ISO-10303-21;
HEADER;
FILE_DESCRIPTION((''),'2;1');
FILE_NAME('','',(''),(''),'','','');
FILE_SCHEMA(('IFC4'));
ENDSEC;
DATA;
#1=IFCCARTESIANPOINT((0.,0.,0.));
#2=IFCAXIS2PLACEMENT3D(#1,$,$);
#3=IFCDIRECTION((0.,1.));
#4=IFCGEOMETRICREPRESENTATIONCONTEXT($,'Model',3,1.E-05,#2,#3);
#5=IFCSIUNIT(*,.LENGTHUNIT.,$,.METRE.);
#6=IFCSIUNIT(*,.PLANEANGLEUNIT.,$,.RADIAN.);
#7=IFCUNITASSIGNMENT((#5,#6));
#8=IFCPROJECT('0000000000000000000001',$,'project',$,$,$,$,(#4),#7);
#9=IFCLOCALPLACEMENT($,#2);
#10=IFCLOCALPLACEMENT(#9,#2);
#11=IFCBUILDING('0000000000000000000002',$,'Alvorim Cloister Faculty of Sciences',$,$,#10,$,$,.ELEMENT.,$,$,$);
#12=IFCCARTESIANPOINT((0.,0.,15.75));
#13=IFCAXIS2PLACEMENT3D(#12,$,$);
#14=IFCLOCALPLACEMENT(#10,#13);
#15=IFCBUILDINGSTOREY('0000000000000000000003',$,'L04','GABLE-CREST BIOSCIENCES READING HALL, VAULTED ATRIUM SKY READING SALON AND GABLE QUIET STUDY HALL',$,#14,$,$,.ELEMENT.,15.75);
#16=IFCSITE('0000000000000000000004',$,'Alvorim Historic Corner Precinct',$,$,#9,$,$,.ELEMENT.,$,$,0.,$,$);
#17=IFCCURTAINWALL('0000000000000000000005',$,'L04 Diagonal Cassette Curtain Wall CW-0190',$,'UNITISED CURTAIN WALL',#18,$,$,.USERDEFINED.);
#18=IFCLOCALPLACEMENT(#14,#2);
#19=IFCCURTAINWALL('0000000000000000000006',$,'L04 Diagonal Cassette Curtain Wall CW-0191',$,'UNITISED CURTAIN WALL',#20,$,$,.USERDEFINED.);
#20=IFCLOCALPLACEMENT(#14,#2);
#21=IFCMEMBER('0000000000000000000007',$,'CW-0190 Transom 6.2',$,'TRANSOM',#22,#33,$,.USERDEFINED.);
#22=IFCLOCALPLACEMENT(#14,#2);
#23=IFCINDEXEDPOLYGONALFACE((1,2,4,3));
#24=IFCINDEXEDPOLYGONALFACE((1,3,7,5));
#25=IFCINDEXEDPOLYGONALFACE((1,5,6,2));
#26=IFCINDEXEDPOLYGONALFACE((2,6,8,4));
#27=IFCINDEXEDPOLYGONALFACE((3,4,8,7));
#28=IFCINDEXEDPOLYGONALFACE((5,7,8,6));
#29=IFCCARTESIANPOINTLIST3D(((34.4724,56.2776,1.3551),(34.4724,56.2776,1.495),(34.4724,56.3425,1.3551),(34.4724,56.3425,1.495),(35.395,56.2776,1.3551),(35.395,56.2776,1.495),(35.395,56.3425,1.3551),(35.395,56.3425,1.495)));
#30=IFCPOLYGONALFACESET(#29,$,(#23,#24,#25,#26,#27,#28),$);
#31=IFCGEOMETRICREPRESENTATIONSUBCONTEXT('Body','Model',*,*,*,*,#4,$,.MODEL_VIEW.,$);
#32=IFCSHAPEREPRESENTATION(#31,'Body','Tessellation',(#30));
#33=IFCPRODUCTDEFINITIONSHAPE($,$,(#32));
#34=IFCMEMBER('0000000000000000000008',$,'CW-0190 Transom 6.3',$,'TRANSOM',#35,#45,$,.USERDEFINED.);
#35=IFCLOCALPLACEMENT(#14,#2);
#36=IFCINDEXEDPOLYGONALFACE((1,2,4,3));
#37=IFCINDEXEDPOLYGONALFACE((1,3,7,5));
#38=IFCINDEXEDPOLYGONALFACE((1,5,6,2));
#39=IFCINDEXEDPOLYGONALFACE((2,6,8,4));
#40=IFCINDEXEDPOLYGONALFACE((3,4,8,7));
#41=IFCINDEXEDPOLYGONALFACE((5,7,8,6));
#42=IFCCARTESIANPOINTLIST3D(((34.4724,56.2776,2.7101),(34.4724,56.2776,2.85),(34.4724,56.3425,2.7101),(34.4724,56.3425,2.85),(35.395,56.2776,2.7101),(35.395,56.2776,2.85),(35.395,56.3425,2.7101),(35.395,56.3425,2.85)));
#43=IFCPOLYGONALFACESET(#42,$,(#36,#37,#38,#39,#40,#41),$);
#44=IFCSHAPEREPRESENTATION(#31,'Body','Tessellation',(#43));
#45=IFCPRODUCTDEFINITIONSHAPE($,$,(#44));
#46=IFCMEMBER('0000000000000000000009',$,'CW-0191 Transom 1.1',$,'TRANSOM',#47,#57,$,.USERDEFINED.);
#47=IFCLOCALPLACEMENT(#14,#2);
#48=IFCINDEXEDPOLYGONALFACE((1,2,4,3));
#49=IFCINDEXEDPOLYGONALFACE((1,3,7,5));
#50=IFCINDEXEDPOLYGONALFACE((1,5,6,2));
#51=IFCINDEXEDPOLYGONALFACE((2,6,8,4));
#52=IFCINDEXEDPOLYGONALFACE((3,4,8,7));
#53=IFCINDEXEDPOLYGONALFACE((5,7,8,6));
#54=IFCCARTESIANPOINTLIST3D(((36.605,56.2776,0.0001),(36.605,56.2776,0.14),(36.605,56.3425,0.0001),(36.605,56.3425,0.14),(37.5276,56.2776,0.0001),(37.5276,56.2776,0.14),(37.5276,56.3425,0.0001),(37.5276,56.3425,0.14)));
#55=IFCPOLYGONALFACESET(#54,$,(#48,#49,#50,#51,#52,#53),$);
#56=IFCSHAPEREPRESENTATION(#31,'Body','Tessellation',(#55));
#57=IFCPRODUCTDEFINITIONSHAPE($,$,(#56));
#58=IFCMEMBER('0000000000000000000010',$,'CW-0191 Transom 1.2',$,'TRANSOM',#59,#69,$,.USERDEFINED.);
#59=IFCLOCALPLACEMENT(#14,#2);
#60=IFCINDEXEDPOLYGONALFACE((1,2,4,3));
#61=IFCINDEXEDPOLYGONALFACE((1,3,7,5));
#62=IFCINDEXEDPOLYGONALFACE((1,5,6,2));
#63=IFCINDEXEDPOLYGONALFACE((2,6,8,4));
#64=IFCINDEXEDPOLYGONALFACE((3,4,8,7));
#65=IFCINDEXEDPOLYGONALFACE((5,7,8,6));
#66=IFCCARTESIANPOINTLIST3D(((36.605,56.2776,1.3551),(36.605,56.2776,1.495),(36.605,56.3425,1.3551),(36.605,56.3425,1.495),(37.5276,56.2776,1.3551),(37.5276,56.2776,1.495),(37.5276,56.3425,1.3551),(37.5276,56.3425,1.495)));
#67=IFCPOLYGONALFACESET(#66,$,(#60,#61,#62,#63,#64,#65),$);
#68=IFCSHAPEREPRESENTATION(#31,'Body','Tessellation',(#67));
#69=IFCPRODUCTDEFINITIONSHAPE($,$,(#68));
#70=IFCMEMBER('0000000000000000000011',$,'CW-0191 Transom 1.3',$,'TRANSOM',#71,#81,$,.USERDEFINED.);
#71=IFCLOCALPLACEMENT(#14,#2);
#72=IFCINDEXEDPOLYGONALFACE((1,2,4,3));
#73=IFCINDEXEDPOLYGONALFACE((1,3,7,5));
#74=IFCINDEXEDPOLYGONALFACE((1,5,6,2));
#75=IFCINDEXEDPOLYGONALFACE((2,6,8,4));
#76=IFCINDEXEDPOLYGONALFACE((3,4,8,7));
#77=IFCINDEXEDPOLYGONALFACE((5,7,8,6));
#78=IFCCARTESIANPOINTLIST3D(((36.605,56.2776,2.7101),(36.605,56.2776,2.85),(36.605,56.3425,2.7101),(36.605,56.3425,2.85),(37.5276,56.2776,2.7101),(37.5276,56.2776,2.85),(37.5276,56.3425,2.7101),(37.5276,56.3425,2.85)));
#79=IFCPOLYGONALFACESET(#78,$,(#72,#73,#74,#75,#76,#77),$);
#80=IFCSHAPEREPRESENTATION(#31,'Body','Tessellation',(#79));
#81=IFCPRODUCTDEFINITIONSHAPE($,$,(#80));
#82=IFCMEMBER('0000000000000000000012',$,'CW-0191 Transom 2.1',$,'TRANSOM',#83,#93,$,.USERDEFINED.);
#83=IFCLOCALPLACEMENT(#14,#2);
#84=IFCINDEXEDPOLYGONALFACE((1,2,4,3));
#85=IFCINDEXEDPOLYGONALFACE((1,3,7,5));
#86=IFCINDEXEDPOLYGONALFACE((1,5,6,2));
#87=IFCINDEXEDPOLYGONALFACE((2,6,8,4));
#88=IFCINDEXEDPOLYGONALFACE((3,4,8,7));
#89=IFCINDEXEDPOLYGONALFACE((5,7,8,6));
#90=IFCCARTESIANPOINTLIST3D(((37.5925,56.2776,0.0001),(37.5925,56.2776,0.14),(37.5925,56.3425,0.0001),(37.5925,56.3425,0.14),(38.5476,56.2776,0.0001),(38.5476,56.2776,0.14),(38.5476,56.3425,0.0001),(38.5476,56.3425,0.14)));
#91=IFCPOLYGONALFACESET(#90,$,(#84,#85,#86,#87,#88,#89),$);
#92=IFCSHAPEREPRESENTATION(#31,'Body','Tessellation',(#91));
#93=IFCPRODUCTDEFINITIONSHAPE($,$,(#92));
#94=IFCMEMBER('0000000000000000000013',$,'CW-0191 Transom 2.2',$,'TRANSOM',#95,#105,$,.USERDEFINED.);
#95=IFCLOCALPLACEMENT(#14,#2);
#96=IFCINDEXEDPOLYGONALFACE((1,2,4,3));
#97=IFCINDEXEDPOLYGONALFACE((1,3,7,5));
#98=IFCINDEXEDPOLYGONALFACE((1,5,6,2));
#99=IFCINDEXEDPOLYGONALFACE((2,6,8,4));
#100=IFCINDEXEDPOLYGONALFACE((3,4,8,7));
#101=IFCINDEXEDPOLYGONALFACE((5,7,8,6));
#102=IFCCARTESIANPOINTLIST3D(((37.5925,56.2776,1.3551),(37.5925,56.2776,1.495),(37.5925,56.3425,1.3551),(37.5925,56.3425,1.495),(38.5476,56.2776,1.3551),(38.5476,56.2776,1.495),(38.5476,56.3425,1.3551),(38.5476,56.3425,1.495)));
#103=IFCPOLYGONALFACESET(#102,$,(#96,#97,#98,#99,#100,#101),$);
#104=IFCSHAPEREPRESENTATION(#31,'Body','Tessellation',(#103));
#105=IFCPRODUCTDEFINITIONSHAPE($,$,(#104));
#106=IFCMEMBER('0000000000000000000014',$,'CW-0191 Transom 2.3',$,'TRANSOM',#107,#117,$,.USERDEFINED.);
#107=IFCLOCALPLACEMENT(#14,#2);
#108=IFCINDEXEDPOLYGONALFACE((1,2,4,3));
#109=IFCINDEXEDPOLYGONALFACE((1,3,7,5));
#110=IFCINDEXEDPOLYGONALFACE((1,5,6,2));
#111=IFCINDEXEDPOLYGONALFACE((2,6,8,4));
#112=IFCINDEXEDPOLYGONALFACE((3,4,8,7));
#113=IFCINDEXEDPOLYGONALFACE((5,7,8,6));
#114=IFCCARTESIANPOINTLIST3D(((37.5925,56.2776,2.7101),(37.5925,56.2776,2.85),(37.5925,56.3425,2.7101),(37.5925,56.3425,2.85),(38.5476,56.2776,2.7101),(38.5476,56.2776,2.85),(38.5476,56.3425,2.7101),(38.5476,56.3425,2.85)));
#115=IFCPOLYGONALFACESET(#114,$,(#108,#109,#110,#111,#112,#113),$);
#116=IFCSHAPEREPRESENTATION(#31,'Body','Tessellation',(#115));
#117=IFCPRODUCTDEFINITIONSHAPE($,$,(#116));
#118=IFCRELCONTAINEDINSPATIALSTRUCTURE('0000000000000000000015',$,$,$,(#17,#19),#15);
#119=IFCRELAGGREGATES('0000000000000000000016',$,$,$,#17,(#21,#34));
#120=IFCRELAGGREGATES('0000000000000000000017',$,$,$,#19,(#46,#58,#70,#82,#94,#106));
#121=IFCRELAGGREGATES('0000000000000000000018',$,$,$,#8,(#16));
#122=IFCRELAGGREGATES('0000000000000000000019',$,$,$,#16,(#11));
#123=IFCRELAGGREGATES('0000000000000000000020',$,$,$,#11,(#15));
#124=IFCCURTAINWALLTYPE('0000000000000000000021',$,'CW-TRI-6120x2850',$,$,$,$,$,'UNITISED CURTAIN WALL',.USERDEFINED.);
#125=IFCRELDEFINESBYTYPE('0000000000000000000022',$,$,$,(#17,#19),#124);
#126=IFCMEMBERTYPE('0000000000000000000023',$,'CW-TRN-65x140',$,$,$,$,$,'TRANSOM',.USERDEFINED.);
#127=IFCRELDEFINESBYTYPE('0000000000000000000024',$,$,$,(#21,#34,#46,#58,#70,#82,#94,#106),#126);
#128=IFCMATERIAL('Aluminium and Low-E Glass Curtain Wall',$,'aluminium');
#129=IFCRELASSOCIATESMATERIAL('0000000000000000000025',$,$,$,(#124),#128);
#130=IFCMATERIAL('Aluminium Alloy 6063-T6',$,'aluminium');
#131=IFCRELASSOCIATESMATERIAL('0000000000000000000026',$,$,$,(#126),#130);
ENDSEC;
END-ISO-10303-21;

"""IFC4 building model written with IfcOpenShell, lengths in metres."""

from ifc_helpers import new_model, si_unit, direction, frame, origin, origin_2d, place, context, subcontext, project, spatial, rectangle, extrude, material, material_profile, profile_set, type_object, element, aggregate, save


model = new_model("IFC4")

# Units and contexts
model_context = context("Model", 3, precision=1e-05, world=origin(), true_north=direction((0.0, 1.0)))
body_context = subcontext(model_context, "Body", "Model", "MODEL_VIEW")
ifc_project = project(units=[si_unit("LENGTHUNIT", "METRE"), si_unit("PLANEANGLEUNIT", "RADIAN")], contexts=[model_context])

# Site, building, storey
site_placement = place(None, origin())
site = spatial("IfcSite", under=ifc_project, at=site_placement, Name="Alvorim Historic Corner Precinct", CompositionType="ELEMENT", RefElevation=0.0)
building_placement = place(site_placement, origin())
building = spatial("IfcBuilding", under=site, at=building_placement, Name="Alvorim Cloister Faculty of Sciences", CompositionType="ELEMENT")
storey_placement = place(building_placement, frame((0.0, 0.0, 15.75)))
storey = spatial("IfcBuildingStorey", under=building, at=storey_placement, Name="L04", Description="GABLE-CREST BIOSCIENCES READING HALL, VAULTED ATRIUM SKY READING SALON AND GABLE QUIET STUDY HALL", CompositionType="ELEMENT", Elevation=15.75)

# Curtain walls
ifc_material_1 = material(Name="Aluminium and Low-E Glass Curtain Wall", Category="aluminium")
curtain_wall_type = type_object("IfcCurtainWallType", Name="CW-TRI-6120x2850", ElementType="UNITISED CURTAIN WALL", PredefinedType="USERDEFINED", material=ifc_material_1)
curtain_wall_1_placement = place(storey_placement, origin())
curtain_wall_1 = element("IfcCurtainWall", 1, at=curtain_wall_1_placement, inside=storey, type_object=curtain_wall_type, Name="L04 Diagonal Cassette Curtain Wall CW-0190", ObjectType="UNITISED CURTAIN WALL", PredefinedType="USERDEFINED")
ifc_material_2 = material(Name="Aluminium Alloy 6063-T6", Category="aluminium")
curtain_wall_2_placement = place(storey_placement, origin())
curtain_wall_2 = element("IfcCurtainWall", 2, at=curtain_wall_2_placement, inside=storey, type_object=curtain_wall_type, Name="L04 Diagonal Cassette Curtain Wall CW-0191", ObjectType="UNITISED CURTAIN WALL", PredefinedType="USERDEFINED")

# Members
ifc_material_profile_1 = material_profile(ifc_material_2, rectangle(XDim=0.0649, YDim=0.1399, at=origin_2d()), Name="ALU-TRN-65x140")
ifc_profile_set_1 = profile_set([ifc_material_profile_1], Name="Aluminium Alloy 6063-T6")
member_type_1 = type_object("IfcMemberType", Name="CW-TRN-65x140", ElementType="TRANSOM", PredefinedType="USERDEFINED", material=ifc_profile_set_1)
member_1_placement = place(storey_placement, frame((34.4724, 56.3101, 1.425), z_axis=(1.0, 0.0, 0.0), x_axis=(0.0, 1.0, 0.0)))
member_1 = element("IfcMember", 3, at=member_1_placement, type_object=member_type_1, Name="CW-0190 Transom 6.2", ObjectType="TRANSOM", PredefinedType="USERDEFINED", context=body_context, shape_type="SweptSolid", body=[
    extrude(rectangle(XDim=0.0649, YDim=0.1399, at=origin_2d()), origin(), (0.0, 0.0, 1.0), 0.9226),
])
member_2_placement = place(storey_placement, frame((34.4724, 56.3101, 2.78), z_axis=(1.0, 0.0, 0.0), x_axis=(0.0, 1.0, 0.0)))
member_2 = element("IfcMember", 4, at=member_2_placement, type_object=member_type_1, Name="CW-0190 Transom 6.3", ObjectType="TRANSOM", PredefinedType="USERDEFINED", context=body_context, shape_type="SweptSolid", body=[
    extrude(rectangle(XDim=0.0649, YDim=0.1399, at=origin_2d()), origin(), (0.0, 0.0, 1.0), 0.9226),
])
aggregate(curtain_wall_1, [member_1, member_2])
member_3_placement = place(storey_placement, frame((36.605, 56.3101, 0.0701), z_axis=(1.0, 0.0, 0.0), x_axis=(0.0, 1.0, 0.0)))
member_3 = element("IfcMember", 5, at=member_3_placement, type_object=member_type_1, Name="CW-0191 Transom 1.1", ObjectType="TRANSOM", PredefinedType="USERDEFINED", context=body_context, shape_type="SweptSolid", body=[
    extrude(rectangle(XDim=0.0649, YDim=0.1399, at=origin_2d()), origin(), (0.0, 0.0, 1.0), 0.9226),
])
member_4_placement = place(storey_placement, frame((36.605, 56.3101, 1.425), z_axis=(1.0, 0.0, 0.0), x_axis=(0.0, 1.0, 0.0)))
member_4 = element("IfcMember", 6, at=member_4_placement, type_object=member_type_1, Name="CW-0191 Transom 1.2", ObjectType="TRANSOM", PredefinedType="USERDEFINED", context=body_context, shape_type="SweptSolid", body=[
    extrude(rectangle(XDim=0.0649, YDim=0.1399, at=origin_2d()), origin(), (0.0, 0.0, 1.0), 0.9226),
])
member_5_placement = place(storey_placement, frame((36.605, 56.3101, 2.78), z_axis=(1.0, 0.0, 0.0), x_axis=(0.0, 1.0, 0.0)))
member_5 = element("IfcMember", 7, at=member_5_placement, type_object=member_type_1, Name="CW-0191 Transom 1.3", ObjectType="TRANSOM", PredefinedType="USERDEFINED", context=body_context, shape_type="SweptSolid", body=[
    extrude(rectangle(XDim=0.0649, YDim=0.1399, at=origin_2d()), origin(), (0.0, 0.0, 1.0), 0.9226),
])
member_6_placement = place(storey_placement, frame((37.5925, 56.3101, 0.0701), z_axis=(1.0, 0.0, 0.0), x_axis=(0.0, 1.0, 0.0)))
member_6 = element("IfcMember", 8, at=member_6_placement, type_object=member_type_1, Name="CW-0191 Transom 2.1", ObjectType="TRANSOM", PredefinedType="USERDEFINED", context=body_context, shape_type="SweptSolid", body=[
    extrude(rectangle(XDim=0.0649, YDim=0.1399, at=origin_2d()), origin(), (0.0, 0.0, 1.0), 0.9551),
])
member_7_placement = place(storey_placement, frame((37.5925, 56.3101, 1.425), z_axis=(1.0, 0.0, 0.0), x_axis=(0.0, 1.0, 0.0)))
member_7 = element("IfcMember", 9, at=member_7_placement, type_object=member_type_1, Name="CW-0191 Transom 2.2", ObjectType="TRANSOM", PredefinedType="USERDEFINED", context=body_context, shape_type="SweptSolid", body=[
    extrude(rectangle(XDim=0.0649, YDim=0.1399, at=origin_2d()), origin(), (0.0, 0.0, 1.0), 0.9551),
])
member_8_placement = place(storey_placement, frame((37.5925, 56.3101, 2.78), z_axis=(1.0, 0.0, 0.0), x_axis=(0.0, 1.0, 0.0)))
member_8 = element("IfcMember", 10, at=member_8_placement, type_object=member_type_1, Name="CW-0191 Transom 2.3", ObjectType="TRANSOM", PredefinedType="USERDEFINED", context=body_context, shape_type="SweptSolid", body=[
    extrude(rectangle(XDim=0.0649, YDim=0.1399, at=origin_2d()), origin(), (0.0, 0.0, 1.0), 0.9551),
])
aggregate(curtain_wall_2, [member_3, member_4, member_5, member_6, member_7, member_8])

save(model, "model.ifc")
